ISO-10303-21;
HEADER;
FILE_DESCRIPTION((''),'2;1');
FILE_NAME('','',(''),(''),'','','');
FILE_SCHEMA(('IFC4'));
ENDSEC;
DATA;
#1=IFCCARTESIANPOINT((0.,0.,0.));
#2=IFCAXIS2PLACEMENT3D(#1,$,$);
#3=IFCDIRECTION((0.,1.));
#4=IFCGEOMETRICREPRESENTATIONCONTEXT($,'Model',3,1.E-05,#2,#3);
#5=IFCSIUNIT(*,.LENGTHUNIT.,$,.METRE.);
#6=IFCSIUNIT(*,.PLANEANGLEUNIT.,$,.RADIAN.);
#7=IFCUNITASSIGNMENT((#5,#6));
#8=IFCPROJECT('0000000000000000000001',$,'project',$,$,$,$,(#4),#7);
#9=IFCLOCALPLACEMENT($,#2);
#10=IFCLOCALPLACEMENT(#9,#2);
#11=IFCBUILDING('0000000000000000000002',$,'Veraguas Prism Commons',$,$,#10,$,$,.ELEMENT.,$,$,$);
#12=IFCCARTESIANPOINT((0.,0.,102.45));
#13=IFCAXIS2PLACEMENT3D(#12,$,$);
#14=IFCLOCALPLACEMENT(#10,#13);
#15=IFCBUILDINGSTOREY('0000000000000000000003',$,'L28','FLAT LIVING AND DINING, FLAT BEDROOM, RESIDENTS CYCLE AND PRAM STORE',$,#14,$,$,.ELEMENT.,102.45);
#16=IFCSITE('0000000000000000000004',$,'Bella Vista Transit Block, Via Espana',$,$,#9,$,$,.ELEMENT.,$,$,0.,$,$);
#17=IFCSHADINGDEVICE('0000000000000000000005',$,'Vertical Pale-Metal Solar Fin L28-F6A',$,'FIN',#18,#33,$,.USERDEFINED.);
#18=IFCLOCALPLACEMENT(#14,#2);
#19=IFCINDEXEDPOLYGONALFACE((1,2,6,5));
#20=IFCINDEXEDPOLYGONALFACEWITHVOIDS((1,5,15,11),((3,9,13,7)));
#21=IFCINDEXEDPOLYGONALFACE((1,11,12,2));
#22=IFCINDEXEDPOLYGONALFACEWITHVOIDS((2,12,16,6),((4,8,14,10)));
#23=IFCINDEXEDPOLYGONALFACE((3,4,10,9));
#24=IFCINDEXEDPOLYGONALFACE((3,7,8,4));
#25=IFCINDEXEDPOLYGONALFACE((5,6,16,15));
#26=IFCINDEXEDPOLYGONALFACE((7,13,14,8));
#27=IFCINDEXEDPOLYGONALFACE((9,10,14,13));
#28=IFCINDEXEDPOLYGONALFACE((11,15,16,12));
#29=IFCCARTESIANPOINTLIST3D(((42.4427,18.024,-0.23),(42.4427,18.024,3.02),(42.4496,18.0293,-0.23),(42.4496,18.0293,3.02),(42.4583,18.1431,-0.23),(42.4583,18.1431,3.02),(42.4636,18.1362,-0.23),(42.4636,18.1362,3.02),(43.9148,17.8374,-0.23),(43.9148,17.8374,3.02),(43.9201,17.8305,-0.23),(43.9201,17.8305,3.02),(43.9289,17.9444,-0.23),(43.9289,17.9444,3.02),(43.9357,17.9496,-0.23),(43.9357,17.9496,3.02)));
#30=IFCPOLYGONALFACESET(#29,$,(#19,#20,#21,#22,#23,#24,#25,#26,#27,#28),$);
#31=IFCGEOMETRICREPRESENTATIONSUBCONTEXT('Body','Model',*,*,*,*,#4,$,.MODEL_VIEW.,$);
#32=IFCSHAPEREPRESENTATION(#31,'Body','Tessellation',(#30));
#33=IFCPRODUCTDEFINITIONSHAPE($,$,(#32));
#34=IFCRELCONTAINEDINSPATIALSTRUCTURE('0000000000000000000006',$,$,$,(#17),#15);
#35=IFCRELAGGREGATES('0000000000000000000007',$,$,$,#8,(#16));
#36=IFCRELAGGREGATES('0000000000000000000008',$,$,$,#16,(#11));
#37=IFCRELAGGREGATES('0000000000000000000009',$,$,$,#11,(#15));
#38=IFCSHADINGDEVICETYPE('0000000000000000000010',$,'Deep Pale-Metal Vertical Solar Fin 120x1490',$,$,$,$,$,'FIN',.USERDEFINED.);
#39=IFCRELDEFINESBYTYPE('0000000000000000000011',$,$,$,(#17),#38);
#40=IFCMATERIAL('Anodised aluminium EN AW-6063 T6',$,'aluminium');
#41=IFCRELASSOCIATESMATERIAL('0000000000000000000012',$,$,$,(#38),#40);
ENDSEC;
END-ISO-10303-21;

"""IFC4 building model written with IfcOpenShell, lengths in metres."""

from ifc_helpers import new_model, si_unit, direction, frame, origin, origin_2d, place, context, subcontext, project, spatial, hollow_rectangle, extrude, material, material_profile, profile_set, type_object, element, save


model = new_model("IFC4")

# Units and contexts
model_context = context("Model", 3, precision=1e-05, world=origin(), true_north=direction((0.0, 1.0)))
body_context = subcontext(model_context, "Body", "Model", "MODEL_VIEW")
ifc_project = project(units=[si_unit("LENGTHUNIT", "METRE"), si_unit("PLANEANGLEUNIT", "RADIAN")], contexts=[model_context])

# Site, building, storey
site_placement = place(None, origin())
site = spatial("IfcSite", under=ifc_project, at=site_placement, Name="Bella Vista Transit Block, Via Espana", CompositionType="ELEMENT", RefElevation=0.0)
building_placement = place(site_placement, origin())
building = spatial("IfcBuilding", under=site, at=building_placement, Name="Veraguas Prism Commons", CompositionType="ELEMENT")
storey_placement = place(building_placement, frame((0.0, 0.0, 102.45)))
storey = spatial("IfcBuildingStorey", under=building, at=storey_placement, Name="L28", Description="FLAT LIVING AND DINING, FLAT BEDROOM, RESIDENTS CYCLE AND PRAM STORE", CompositionType="ELEMENT", Elevation=102.45)

# Shared definitions
ifc_material_1 = material(Name="Anodised aluminium EN AW-6063 T6", Category="aluminium")

# Shading device
ifc_material_profile_1 = material_profile(ifc_material_1, hollow_rectangle(XDim=0.1201, YDim=1.49, WallThickness=0.0061, at=origin_2d()), Name="FIN120X1490X6")
ifc_profile_set_1 = profile_set([ifc_material_profile_1], Name="Anodised aluminium EN AW-6063 T6")
shading_device_type = type_object("IfcShadingDeviceType", Name="Deep Pale-Metal Vertical Solar Fin 120x1490", ElementType="FIN", PredefinedType="USERDEFINED", material=ifc_profile_set_1)
shading_device_placement = place(storey_placement, frame((43.1892, 17.9868, -0.23), z_axis=(0.0, 0.0, 1.0), x_axis=(0.129834, 0.991536, 0.0)))
element("IfcShadingDevice", 1, at=shading_device_placement, inside=storey, type_object=shading_device_type, Name="Vertical Pale-Metal Solar Fin L28-F6A", ObjectType="FIN", PredefinedType="USERDEFINED", context=body_context, shape_type="SweptSolid", body=[
    extrude(hollow_rectangle(XDim=0.1201, YDim=1.49, WallThickness=0.0061, at=origin_2d()), origin(), (0.0, 0.0, 1.0), 3.25),
])

save(model, "model.ifc")
